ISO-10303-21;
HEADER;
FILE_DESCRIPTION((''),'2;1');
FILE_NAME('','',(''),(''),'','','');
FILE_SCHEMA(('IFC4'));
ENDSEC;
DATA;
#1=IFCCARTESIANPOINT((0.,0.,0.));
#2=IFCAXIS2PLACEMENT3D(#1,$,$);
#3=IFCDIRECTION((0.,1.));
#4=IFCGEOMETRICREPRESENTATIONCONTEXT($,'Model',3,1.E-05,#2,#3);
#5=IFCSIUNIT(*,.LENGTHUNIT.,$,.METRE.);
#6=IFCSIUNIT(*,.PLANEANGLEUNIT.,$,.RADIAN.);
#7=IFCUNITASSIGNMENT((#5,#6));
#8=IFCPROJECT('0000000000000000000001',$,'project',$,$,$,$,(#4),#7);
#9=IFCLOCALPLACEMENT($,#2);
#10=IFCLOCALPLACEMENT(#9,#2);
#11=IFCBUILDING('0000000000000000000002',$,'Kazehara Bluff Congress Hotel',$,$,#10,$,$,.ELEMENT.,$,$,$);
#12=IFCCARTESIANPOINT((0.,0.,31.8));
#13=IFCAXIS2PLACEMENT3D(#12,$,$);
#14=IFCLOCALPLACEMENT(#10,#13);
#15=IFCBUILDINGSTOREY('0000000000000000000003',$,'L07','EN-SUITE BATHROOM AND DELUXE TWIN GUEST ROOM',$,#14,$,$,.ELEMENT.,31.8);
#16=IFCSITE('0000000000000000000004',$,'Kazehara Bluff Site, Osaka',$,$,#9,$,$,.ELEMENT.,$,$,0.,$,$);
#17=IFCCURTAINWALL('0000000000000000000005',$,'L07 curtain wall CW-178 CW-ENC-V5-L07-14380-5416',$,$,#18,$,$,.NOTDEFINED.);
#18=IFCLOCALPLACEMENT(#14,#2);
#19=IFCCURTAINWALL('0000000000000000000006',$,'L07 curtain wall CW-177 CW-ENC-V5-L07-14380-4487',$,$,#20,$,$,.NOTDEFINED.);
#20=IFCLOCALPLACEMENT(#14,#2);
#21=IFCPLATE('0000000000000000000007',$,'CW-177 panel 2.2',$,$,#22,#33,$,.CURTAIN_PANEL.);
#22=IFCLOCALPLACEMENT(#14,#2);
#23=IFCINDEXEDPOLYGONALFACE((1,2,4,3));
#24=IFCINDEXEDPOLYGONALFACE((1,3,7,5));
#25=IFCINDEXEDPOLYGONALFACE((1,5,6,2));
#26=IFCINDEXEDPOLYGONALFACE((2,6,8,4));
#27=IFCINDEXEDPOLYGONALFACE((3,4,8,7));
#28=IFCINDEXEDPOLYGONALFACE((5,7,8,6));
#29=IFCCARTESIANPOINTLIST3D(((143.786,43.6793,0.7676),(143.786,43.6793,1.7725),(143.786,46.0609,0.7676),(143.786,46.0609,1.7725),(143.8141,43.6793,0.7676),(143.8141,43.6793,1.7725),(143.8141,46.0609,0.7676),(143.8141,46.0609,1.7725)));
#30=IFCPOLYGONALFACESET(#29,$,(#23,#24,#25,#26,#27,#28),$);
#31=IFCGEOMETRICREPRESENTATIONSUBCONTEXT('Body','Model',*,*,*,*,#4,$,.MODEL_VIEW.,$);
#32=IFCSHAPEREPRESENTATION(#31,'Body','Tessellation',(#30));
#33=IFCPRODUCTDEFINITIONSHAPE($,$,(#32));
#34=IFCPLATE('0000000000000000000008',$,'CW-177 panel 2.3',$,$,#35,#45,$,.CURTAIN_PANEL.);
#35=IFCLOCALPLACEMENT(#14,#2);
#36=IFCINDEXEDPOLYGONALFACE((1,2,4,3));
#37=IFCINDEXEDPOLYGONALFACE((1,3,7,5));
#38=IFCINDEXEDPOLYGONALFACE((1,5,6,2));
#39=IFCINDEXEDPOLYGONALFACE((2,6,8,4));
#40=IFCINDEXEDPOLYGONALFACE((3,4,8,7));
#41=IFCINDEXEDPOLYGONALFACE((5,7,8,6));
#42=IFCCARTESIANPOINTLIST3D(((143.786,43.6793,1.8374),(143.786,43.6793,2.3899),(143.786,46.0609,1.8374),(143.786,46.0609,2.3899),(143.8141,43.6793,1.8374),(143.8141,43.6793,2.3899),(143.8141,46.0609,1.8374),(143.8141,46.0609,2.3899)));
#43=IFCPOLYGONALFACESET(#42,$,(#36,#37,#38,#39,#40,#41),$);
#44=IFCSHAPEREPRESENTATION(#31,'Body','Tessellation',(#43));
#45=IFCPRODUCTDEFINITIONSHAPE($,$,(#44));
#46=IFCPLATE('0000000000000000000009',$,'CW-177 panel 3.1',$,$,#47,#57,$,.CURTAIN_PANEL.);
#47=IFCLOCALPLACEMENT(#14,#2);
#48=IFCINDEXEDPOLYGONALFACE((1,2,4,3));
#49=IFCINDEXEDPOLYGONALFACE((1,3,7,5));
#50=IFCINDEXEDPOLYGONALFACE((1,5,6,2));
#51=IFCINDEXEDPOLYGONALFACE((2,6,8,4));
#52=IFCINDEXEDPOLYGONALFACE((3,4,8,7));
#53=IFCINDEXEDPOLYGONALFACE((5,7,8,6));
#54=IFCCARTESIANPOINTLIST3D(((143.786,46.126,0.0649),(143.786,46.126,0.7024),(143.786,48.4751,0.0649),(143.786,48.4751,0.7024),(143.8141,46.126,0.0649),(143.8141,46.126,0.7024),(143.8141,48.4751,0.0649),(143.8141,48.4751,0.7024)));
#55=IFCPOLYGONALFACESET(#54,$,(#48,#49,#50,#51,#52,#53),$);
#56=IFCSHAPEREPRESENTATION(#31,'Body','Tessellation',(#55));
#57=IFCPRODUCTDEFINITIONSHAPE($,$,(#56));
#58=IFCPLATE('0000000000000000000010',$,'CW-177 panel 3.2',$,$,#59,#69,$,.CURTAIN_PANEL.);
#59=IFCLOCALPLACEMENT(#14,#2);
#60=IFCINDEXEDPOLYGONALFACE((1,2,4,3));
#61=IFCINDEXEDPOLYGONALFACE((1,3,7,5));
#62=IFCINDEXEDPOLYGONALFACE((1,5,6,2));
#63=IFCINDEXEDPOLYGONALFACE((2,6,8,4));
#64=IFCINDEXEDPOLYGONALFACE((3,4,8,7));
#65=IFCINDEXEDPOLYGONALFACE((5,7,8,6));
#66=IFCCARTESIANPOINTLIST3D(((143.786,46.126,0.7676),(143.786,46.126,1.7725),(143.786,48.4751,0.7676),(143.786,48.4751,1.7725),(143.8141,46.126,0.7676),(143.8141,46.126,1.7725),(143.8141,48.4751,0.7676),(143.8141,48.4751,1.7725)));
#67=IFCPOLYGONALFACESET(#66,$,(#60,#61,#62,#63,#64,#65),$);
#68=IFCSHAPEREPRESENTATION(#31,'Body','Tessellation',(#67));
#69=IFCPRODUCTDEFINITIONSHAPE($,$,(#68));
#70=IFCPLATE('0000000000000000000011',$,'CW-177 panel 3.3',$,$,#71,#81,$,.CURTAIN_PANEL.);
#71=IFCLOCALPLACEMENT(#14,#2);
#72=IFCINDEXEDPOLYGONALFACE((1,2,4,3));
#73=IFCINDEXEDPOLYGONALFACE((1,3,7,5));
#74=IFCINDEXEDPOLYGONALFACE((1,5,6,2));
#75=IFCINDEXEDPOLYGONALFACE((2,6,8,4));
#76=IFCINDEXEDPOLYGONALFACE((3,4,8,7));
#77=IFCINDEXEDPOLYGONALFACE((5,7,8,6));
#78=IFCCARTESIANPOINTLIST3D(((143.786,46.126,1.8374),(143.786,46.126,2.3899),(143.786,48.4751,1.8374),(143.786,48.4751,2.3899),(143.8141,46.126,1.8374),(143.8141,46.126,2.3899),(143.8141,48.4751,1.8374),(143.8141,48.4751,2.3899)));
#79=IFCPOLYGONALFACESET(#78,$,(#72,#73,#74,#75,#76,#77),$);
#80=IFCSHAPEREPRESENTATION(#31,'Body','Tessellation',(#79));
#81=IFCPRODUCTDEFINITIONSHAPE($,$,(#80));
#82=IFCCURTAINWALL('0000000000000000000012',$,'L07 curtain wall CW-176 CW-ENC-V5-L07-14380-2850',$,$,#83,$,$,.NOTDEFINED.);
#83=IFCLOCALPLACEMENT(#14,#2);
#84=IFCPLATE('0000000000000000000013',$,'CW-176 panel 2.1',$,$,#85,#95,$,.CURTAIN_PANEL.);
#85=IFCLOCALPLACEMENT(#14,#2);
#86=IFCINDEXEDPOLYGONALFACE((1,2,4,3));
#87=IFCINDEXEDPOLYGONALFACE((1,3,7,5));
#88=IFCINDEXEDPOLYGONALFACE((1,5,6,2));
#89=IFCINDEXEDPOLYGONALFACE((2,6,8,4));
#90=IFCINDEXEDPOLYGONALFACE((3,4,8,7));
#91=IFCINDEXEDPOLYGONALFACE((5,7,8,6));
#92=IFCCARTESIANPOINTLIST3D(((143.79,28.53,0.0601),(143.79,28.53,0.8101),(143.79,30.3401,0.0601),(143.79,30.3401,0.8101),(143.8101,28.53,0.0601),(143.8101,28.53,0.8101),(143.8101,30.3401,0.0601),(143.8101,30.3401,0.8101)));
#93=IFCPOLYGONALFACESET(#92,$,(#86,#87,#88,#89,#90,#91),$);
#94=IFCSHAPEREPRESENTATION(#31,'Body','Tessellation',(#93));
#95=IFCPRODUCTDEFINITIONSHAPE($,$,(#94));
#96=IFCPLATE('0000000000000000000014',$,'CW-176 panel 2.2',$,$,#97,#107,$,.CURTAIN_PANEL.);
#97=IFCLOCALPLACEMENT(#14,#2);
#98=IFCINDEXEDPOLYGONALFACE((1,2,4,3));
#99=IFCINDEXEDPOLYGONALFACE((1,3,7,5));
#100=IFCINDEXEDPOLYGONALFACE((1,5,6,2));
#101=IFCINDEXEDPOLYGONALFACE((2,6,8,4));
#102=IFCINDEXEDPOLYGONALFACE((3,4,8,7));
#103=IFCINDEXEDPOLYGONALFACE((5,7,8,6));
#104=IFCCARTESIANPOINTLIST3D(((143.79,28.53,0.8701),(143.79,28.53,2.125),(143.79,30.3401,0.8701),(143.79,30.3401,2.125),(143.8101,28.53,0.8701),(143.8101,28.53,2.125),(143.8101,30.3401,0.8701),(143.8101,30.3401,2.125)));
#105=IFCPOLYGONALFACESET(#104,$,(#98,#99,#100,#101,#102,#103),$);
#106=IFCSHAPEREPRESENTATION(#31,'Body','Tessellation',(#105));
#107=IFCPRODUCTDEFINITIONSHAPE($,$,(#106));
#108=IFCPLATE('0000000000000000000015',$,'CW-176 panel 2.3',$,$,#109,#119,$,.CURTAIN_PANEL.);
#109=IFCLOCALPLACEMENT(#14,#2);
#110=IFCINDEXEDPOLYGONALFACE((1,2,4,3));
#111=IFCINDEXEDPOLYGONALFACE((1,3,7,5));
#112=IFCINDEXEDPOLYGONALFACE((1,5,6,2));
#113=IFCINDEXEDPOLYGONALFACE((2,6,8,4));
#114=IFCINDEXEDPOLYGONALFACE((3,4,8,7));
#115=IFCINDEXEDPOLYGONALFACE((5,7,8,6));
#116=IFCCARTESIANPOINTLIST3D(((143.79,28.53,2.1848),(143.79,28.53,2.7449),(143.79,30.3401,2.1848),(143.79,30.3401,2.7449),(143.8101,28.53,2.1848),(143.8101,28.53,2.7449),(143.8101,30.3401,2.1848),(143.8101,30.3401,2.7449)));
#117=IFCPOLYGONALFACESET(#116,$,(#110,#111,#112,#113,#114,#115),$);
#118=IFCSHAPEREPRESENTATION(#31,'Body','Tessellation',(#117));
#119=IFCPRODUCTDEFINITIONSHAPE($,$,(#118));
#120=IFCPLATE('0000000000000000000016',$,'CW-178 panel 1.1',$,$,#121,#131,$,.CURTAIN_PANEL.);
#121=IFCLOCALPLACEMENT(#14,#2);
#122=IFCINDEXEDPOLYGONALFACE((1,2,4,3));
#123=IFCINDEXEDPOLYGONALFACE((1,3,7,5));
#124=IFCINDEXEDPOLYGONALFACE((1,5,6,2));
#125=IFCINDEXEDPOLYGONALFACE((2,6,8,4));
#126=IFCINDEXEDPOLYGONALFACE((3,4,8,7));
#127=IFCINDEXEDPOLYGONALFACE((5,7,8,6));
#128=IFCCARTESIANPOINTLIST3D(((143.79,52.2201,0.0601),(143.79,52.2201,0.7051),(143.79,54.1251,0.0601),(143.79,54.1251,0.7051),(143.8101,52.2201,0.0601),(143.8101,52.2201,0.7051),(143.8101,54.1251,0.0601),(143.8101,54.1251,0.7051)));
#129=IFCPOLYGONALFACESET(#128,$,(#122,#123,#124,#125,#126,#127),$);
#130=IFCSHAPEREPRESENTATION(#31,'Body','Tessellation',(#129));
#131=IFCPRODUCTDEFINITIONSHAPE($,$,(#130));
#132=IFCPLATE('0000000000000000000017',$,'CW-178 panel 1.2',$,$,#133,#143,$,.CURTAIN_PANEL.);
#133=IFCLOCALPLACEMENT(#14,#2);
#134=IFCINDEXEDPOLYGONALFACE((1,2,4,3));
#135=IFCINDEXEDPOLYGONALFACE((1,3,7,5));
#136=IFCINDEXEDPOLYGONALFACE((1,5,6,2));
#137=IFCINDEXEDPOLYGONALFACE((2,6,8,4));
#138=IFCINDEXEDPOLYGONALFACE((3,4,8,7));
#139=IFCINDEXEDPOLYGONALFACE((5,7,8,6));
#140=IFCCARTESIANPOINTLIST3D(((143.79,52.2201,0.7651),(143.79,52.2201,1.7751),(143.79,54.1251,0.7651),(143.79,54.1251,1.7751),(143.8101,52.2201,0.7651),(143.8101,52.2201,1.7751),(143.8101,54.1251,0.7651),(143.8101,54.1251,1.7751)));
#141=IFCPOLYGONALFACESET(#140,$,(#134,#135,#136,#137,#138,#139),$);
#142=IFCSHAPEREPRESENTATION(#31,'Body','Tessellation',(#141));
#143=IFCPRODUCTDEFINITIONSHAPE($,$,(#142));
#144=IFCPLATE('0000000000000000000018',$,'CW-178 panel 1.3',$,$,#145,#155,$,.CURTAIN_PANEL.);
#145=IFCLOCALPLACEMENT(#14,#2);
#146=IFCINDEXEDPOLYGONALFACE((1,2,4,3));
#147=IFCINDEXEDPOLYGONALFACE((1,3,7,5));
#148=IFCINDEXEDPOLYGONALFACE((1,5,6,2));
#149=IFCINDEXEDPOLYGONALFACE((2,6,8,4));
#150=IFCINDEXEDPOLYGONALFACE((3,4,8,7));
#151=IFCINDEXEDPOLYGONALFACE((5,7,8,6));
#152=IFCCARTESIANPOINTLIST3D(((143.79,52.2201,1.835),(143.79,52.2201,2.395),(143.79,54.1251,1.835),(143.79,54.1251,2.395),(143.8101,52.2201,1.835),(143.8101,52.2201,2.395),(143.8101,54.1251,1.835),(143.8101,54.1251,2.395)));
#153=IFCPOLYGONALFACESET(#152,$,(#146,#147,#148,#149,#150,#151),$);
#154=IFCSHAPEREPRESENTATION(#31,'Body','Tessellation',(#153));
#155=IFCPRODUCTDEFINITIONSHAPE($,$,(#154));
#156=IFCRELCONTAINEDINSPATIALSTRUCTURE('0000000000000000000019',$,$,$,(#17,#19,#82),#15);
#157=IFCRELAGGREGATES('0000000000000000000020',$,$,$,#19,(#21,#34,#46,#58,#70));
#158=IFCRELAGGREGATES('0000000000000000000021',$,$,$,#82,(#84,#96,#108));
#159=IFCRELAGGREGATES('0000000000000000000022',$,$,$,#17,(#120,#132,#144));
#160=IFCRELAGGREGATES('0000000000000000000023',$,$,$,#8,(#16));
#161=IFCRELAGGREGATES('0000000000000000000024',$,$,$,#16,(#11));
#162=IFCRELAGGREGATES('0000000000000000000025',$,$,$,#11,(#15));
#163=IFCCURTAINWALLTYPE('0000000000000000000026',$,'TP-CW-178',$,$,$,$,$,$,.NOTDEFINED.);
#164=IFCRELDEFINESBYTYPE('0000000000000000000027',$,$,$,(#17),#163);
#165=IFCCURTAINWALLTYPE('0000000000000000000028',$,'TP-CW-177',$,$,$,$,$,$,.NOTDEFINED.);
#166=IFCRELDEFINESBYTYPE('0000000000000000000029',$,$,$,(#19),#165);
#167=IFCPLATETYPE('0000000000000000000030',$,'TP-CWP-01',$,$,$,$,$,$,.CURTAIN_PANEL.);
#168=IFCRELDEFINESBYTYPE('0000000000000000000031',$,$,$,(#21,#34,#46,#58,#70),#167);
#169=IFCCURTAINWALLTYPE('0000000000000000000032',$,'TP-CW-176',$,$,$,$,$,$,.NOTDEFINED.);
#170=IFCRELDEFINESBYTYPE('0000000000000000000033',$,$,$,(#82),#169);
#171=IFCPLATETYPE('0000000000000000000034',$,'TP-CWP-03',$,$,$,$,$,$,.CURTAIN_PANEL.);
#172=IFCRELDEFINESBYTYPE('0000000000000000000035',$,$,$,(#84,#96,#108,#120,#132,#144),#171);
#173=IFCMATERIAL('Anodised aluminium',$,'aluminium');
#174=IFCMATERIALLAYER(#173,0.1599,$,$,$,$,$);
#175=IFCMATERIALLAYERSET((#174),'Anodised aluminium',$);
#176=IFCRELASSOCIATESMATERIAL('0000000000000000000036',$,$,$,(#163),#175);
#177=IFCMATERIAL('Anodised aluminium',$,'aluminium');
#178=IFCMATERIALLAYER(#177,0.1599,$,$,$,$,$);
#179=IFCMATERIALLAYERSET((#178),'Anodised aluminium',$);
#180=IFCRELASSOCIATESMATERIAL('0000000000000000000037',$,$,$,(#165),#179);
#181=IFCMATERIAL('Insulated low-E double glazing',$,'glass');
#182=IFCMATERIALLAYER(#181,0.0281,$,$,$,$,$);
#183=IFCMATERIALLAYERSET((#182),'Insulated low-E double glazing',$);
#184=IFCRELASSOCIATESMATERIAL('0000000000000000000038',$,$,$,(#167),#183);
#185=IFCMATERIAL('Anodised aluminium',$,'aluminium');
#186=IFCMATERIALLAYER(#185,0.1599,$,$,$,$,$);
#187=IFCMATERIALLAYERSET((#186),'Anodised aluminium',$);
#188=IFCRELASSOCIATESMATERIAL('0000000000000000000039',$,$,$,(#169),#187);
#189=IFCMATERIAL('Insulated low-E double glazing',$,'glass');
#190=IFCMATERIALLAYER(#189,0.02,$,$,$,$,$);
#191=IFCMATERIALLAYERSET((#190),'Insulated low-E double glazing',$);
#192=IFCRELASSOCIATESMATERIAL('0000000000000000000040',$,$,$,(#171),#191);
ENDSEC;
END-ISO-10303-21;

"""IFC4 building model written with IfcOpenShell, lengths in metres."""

from ifc_helpers import new_model, si_unit, direction, frame, origin, origin_2d, place, context, subcontext, project, spatial, rectangle, extrude, material, layer, layer_set, type_object, element, aggregate, save


model = new_model("IFC4")

# Units and contexts
model_context = context("Model", 3, precision=1e-05, world=origin(), true_north=direction((0.0, 1.0)))
body_context = subcontext(model_context, "Body", "Model", "MODEL_VIEW")
ifc_project = project(units=[si_unit("LENGTHUNIT", "METRE"), si_unit("PLANEANGLEUNIT", "RADIAN")], contexts=[model_context])

# Site, building, storey
site_placement = place(None, origin())
site = spatial("IfcSite", under=ifc_project, at=site_placement, Name="Kazehara Bluff Site, Osaka", CompositionType="ELEMENT", RefElevation=0.0)
building_placement = place(site_placement, origin())
building = spatial("IfcBuilding", under=site, at=building_placement, Name="Kazehara Bluff Congress Hotel", CompositionType="ELEMENT")
storey_placement = place(building_placement, frame((0.0, 0.0, 31.8)))
storey = spatial("IfcBuildingStorey", under=building, at=storey_placement, Name="L07", Description="EN-SUITE BATHROOM AND DELUXE TWIN GUEST ROOM", CompositionType="ELEMENT", Elevation=31.8)

# Curtain walls
ifc_material_1 = material(Name="Anodised aluminium", Category="aluminium")
ifc_layer_1 = layer(ifc_material_1, 0.1599)
ifc_layer_set_1 = layer_set([ifc_layer_1], Name="Anodised aluminium")
curtain_wall_type_1 = type_object("IfcCurtainWallType", Name="TP-CW-178", PredefinedType="NOTDEFINED", material=ifc_layer_set_1)
curtain_wall_1_placement = place(storey_placement, origin())
curtain_wall_1 = element("IfcCurtainWall", 1, at=curtain_wall_1_placement, inside=storey, type_object=curtain_wall_type_1, Name="L07 curtain wall CW-178 CW-ENC-V5-L07-14380-5416", PredefinedType="NOTDEFINED")
ifc_material_2 = material(Name="Anodised aluminium", Category="aluminium")
ifc_layer_2 = layer(ifc_material_2, 0.1599)
ifc_layer_set_2 = layer_set([ifc_layer_2], Name="Anodised aluminium")
curtain_wall_type_2 = type_object("IfcCurtainWallType", Name="TP-CW-177", PredefinedType="NOTDEFINED", material=ifc_layer_set_2)
curtain_wall_2_placement = place(storey_placement, origin())
curtain_wall_2 = element("IfcCurtainWall", 2, at=curtain_wall_2_placement, inside=storey, type_object=curtain_wall_type_2, Name="L07 curtain wall CW-177 CW-ENC-V5-L07-14380-4487", PredefinedType="NOTDEFINED")

# Plates
ifc_material_3 = material(Name="Insulated low-E double glazing", Category="glass")
ifc_layer_3 = layer(ifc_material_3, 0.0281)
ifc_layer_set_3 = layer_set([ifc_layer_3], Name="Insulated low-E double glazing")
plate_type_1 = type_object("IfcPlateType", Name="TP-CWP-01", PredefinedType="CURTAIN_PANEL", material=ifc_layer_set_3)
plate_1_placement = place(storey_placement, frame((143.8, 44.8701, 0.7676), z_axis=(0.0, 0.0, 1.0), x_axis=(0.0, 1.0, 0.0)))
plate_1 = element("IfcPlate", 3, at=plate_1_placement, type_object=plate_type_1, Name="CW-177 panel 2.2", PredefinedType="CURTAIN_PANEL", context=body_context, shape_type="SweptSolid", body=[
    extrude(rectangle(XDim=2.3816, YDim=0.0281, at=origin_2d()), origin(), (0.0, 0.0, 1.0), 1.0049),
])
plate_2_placement = place(storey_placement, frame((143.8, 44.8701, 1.8374), z_axis=(0.0, 0.0, 1.0), x_axis=(0.0, 1.0, 0.0)))
plate_2 = element("IfcPlate", 4, at=plate_2_placement, type_object=plate_type_1, Name="CW-177 panel 2.3", PredefinedType="CURTAIN_PANEL", context=body_context, shape_type="SweptSolid", body=[
    extrude(rectangle(XDim=2.3816, YDim=0.0281, at=origin_2d()), origin(), (0.0, 0.0, 1.0), 0.5525),
])
plate_3_placement = place(storey_placement, frame((143.8, 47.3005, 0.0649), z_axis=(0.0, 0.0, 1.0), x_axis=(0.0, 1.0, 0.0)))
plate_3 = element("IfcPlate", 5, at=plate_3_placement, type_object=plate_type_1, Name="CW-177 panel 3.1", PredefinedType="CURTAIN_PANEL", context=body_context, shape_type="SweptSolid", body=[
    extrude(rectangle(XDim=2.3491, YDim=0.0281, at=origin_2d()), origin(), (0.0, 0.0, 1.0), 0.6375),
])
plate_4_placement = place(storey_placement, frame((143.8, 47.3005, 0.7676), z_axis=(0.0, 0.0, 1.0), x_axis=(0.0, 1.0, 0.0)))
plate_4 = element("IfcPlate", 6, at=plate_4_placement, type_object=plate_type_1, Name="CW-177 panel 3.2", PredefinedType="CURTAIN_PANEL", context=body_context, shape_type="SweptSolid", body=[
    extrude(rectangle(XDim=2.3491, YDim=0.0281, at=origin_2d()), origin(), (0.0, 0.0, 1.0), 1.0049),
])
plate_5_placement = place(storey_placement, frame((143.8, 47.3005, 1.8374), z_axis=(0.0, 0.0, 1.0), x_axis=(0.0, 1.0, 0.0)))
plate_5 = element("IfcPlate", 7, at=plate_5_placement, type_object=plate_type_1, Name="CW-177 panel 3.3", PredefinedType="CURTAIN_PANEL", context=body_context, shape_type="SweptSolid", body=[
    extrude(rectangle(XDim=2.3491, YDim=0.0281, at=origin_2d()), origin(), (0.0, 0.0, 1.0), 0.5525),
])
aggregate(curtain_wall_2, [plate_1, plate_2, plate_3, plate_4, plate_5])

# Curtain wall, plates
ifc_material_4 = material(Name="Anodised aluminium", Category="aluminium")
ifc_layer_4 = layer(ifc_material_4, 0.1599)
ifc_layer_set_4 = layer_set([ifc_layer_4], Name="Anodised aluminium")
curtain_wall_type_3 = type_object("IfcCurtainWallType", Name="TP-CW-176", PredefinedType="NOTDEFINED", material=ifc_layer_set_4)
curtain_wall_3_placement = place(storey_placement, origin())
curtain_wall_3 = element("IfcCurtainWall", 8, at=curtain_wall_3_placement, inside=storey, type_object=curtain_wall_type_3, Name="L07 curtain wall CW-176 CW-ENC-V5-L07-14380-2850", PredefinedType="NOTDEFINED")
ifc_material_5 = material(Name="Insulated low-E double glazing", Category="glass")
ifc_layer_5 = layer(ifc_material_5, 0.02)
ifc_layer_set_5 = layer_set([ifc_layer_5], Name="Insulated low-E double glazing")
plate_type_2 = type_object("IfcPlateType", Name="TP-CWP-03", PredefinedType="CURTAIN_PANEL", material=ifc_layer_set_5)
plate_6_placement = place(storey_placement, frame((143.8, 29.4351, 0.0601), z_axis=(0.0, 0.0, 1.0), x_axis=(0.0, 1.0, 0.0)))
plate_6 = element("IfcPlate", 9, at=plate_6_placement, type_object=plate_type_2, Name="CW-176 panel 2.1", PredefinedType="CURTAIN_PANEL", context=body_context, shape_type="SweptSolid", body=[
    extrude(rectangle(XDim=1.8101, YDim=0.02, at=origin_2d()), origin(), (0.0, 0.0, 1.0), 0.75),
])
plate_7_placement = place(storey_placement, frame((143.8, 29.4351, 0.8701), z_axis=(0.0, 0.0, 1.0), x_axis=(0.0, 1.0, 0.0)))
plate_7 = element("IfcPlate", 10, at=plate_7_placement, type_object=plate_type_2, Name="CW-176 panel 2.2", PredefinedType="CURTAIN_PANEL", context=body_context, shape_type="SweptSolid", body=[
    extrude(rectangle(XDim=1.8101, YDim=0.02, at=origin_2d()), origin(), (0.0, 0.0, 1.0), 1.2549),
])
plate_8_placement = place(storey_placement, frame((143.8, 29.4351, 2.1848), z_axis=(0.0, 0.0, 1.0), x_axis=(0.0, 1.0, 0.0)))
plate_8 = element("IfcPlate", 11, at=plate_8_placement, type_object=plate_type_2, Name="CW-176 panel 2.3", PredefinedType="CURTAIN_PANEL", context=body_context, shape_type="SweptSolid", body=[
    extrude(rectangle(XDim=1.8101, YDim=0.02, at=origin_2d()), origin(), (0.0, 0.0, 1.0), 0.5601),
])
aggregate(curtain_wall_3, [plate_6, plate_7, plate_8])

# Plates
plate_9_placement = place(storey_placement, frame((143.8, 53.1726, 0.0601), z_axis=(0.0, 0.0, 1.0), x_axis=(0.0, 1.0, 0.0)))
plate_9 = element("IfcPlate", 12, at=plate_9_placement, type_object=plate_type_2, Name="CW-178 panel 1.1", PredefinedType="CURTAIN_PANEL", context=body_context, shape_type="SweptSolid", body=[
    extrude(rectangle(XDim=1.905, YDim=0.02, at=origin_2d()), origin(), (0.0, 0.0, 1.0), 0.645),
])
plate_10_placement = place(storey_placement, frame((143.8, 53.1726, 0.7651), z_axis=(0.0, 0.0, 1.0), x_axis=(0.0, 1.0, 0.0)))
plate_10 = element("IfcPlate", 13, at=plate_10_placement, type_object=plate_type_2, Name="CW-178 panel 1.2", PredefinedType="CURTAIN_PANEL", context=body_context, shape_type="SweptSolid", body=[
    extrude(rectangle(XDim=1.905, YDim=0.02, at=origin_2d()), origin(), (0.0, 0.0, 1.0), 1.01),
])
plate_11_placement = place(storey_placement, frame((143.8, 53.1726, 1.835), z_axis=(0.0, 0.0, 1.0), x_axis=(0.0, 1.0, 0.0)))
plate_11 = element("IfcPlate", 14, at=plate_11_placement, type_object=plate_type_2, Name="CW-178 panel 1.3", PredefinedType="CURTAIN_PANEL", context=body_context, shape_type="SweptSolid", body=[
    extrude(rectangle(XDim=1.905, YDim=0.02, at=origin_2d()), origin(), (0.0, 0.0, 1.0), 0.5601),
])
aggregate(curtain_wall_1, [plate_9, plate_10, plate_11])

save(model, "model.ifc")
